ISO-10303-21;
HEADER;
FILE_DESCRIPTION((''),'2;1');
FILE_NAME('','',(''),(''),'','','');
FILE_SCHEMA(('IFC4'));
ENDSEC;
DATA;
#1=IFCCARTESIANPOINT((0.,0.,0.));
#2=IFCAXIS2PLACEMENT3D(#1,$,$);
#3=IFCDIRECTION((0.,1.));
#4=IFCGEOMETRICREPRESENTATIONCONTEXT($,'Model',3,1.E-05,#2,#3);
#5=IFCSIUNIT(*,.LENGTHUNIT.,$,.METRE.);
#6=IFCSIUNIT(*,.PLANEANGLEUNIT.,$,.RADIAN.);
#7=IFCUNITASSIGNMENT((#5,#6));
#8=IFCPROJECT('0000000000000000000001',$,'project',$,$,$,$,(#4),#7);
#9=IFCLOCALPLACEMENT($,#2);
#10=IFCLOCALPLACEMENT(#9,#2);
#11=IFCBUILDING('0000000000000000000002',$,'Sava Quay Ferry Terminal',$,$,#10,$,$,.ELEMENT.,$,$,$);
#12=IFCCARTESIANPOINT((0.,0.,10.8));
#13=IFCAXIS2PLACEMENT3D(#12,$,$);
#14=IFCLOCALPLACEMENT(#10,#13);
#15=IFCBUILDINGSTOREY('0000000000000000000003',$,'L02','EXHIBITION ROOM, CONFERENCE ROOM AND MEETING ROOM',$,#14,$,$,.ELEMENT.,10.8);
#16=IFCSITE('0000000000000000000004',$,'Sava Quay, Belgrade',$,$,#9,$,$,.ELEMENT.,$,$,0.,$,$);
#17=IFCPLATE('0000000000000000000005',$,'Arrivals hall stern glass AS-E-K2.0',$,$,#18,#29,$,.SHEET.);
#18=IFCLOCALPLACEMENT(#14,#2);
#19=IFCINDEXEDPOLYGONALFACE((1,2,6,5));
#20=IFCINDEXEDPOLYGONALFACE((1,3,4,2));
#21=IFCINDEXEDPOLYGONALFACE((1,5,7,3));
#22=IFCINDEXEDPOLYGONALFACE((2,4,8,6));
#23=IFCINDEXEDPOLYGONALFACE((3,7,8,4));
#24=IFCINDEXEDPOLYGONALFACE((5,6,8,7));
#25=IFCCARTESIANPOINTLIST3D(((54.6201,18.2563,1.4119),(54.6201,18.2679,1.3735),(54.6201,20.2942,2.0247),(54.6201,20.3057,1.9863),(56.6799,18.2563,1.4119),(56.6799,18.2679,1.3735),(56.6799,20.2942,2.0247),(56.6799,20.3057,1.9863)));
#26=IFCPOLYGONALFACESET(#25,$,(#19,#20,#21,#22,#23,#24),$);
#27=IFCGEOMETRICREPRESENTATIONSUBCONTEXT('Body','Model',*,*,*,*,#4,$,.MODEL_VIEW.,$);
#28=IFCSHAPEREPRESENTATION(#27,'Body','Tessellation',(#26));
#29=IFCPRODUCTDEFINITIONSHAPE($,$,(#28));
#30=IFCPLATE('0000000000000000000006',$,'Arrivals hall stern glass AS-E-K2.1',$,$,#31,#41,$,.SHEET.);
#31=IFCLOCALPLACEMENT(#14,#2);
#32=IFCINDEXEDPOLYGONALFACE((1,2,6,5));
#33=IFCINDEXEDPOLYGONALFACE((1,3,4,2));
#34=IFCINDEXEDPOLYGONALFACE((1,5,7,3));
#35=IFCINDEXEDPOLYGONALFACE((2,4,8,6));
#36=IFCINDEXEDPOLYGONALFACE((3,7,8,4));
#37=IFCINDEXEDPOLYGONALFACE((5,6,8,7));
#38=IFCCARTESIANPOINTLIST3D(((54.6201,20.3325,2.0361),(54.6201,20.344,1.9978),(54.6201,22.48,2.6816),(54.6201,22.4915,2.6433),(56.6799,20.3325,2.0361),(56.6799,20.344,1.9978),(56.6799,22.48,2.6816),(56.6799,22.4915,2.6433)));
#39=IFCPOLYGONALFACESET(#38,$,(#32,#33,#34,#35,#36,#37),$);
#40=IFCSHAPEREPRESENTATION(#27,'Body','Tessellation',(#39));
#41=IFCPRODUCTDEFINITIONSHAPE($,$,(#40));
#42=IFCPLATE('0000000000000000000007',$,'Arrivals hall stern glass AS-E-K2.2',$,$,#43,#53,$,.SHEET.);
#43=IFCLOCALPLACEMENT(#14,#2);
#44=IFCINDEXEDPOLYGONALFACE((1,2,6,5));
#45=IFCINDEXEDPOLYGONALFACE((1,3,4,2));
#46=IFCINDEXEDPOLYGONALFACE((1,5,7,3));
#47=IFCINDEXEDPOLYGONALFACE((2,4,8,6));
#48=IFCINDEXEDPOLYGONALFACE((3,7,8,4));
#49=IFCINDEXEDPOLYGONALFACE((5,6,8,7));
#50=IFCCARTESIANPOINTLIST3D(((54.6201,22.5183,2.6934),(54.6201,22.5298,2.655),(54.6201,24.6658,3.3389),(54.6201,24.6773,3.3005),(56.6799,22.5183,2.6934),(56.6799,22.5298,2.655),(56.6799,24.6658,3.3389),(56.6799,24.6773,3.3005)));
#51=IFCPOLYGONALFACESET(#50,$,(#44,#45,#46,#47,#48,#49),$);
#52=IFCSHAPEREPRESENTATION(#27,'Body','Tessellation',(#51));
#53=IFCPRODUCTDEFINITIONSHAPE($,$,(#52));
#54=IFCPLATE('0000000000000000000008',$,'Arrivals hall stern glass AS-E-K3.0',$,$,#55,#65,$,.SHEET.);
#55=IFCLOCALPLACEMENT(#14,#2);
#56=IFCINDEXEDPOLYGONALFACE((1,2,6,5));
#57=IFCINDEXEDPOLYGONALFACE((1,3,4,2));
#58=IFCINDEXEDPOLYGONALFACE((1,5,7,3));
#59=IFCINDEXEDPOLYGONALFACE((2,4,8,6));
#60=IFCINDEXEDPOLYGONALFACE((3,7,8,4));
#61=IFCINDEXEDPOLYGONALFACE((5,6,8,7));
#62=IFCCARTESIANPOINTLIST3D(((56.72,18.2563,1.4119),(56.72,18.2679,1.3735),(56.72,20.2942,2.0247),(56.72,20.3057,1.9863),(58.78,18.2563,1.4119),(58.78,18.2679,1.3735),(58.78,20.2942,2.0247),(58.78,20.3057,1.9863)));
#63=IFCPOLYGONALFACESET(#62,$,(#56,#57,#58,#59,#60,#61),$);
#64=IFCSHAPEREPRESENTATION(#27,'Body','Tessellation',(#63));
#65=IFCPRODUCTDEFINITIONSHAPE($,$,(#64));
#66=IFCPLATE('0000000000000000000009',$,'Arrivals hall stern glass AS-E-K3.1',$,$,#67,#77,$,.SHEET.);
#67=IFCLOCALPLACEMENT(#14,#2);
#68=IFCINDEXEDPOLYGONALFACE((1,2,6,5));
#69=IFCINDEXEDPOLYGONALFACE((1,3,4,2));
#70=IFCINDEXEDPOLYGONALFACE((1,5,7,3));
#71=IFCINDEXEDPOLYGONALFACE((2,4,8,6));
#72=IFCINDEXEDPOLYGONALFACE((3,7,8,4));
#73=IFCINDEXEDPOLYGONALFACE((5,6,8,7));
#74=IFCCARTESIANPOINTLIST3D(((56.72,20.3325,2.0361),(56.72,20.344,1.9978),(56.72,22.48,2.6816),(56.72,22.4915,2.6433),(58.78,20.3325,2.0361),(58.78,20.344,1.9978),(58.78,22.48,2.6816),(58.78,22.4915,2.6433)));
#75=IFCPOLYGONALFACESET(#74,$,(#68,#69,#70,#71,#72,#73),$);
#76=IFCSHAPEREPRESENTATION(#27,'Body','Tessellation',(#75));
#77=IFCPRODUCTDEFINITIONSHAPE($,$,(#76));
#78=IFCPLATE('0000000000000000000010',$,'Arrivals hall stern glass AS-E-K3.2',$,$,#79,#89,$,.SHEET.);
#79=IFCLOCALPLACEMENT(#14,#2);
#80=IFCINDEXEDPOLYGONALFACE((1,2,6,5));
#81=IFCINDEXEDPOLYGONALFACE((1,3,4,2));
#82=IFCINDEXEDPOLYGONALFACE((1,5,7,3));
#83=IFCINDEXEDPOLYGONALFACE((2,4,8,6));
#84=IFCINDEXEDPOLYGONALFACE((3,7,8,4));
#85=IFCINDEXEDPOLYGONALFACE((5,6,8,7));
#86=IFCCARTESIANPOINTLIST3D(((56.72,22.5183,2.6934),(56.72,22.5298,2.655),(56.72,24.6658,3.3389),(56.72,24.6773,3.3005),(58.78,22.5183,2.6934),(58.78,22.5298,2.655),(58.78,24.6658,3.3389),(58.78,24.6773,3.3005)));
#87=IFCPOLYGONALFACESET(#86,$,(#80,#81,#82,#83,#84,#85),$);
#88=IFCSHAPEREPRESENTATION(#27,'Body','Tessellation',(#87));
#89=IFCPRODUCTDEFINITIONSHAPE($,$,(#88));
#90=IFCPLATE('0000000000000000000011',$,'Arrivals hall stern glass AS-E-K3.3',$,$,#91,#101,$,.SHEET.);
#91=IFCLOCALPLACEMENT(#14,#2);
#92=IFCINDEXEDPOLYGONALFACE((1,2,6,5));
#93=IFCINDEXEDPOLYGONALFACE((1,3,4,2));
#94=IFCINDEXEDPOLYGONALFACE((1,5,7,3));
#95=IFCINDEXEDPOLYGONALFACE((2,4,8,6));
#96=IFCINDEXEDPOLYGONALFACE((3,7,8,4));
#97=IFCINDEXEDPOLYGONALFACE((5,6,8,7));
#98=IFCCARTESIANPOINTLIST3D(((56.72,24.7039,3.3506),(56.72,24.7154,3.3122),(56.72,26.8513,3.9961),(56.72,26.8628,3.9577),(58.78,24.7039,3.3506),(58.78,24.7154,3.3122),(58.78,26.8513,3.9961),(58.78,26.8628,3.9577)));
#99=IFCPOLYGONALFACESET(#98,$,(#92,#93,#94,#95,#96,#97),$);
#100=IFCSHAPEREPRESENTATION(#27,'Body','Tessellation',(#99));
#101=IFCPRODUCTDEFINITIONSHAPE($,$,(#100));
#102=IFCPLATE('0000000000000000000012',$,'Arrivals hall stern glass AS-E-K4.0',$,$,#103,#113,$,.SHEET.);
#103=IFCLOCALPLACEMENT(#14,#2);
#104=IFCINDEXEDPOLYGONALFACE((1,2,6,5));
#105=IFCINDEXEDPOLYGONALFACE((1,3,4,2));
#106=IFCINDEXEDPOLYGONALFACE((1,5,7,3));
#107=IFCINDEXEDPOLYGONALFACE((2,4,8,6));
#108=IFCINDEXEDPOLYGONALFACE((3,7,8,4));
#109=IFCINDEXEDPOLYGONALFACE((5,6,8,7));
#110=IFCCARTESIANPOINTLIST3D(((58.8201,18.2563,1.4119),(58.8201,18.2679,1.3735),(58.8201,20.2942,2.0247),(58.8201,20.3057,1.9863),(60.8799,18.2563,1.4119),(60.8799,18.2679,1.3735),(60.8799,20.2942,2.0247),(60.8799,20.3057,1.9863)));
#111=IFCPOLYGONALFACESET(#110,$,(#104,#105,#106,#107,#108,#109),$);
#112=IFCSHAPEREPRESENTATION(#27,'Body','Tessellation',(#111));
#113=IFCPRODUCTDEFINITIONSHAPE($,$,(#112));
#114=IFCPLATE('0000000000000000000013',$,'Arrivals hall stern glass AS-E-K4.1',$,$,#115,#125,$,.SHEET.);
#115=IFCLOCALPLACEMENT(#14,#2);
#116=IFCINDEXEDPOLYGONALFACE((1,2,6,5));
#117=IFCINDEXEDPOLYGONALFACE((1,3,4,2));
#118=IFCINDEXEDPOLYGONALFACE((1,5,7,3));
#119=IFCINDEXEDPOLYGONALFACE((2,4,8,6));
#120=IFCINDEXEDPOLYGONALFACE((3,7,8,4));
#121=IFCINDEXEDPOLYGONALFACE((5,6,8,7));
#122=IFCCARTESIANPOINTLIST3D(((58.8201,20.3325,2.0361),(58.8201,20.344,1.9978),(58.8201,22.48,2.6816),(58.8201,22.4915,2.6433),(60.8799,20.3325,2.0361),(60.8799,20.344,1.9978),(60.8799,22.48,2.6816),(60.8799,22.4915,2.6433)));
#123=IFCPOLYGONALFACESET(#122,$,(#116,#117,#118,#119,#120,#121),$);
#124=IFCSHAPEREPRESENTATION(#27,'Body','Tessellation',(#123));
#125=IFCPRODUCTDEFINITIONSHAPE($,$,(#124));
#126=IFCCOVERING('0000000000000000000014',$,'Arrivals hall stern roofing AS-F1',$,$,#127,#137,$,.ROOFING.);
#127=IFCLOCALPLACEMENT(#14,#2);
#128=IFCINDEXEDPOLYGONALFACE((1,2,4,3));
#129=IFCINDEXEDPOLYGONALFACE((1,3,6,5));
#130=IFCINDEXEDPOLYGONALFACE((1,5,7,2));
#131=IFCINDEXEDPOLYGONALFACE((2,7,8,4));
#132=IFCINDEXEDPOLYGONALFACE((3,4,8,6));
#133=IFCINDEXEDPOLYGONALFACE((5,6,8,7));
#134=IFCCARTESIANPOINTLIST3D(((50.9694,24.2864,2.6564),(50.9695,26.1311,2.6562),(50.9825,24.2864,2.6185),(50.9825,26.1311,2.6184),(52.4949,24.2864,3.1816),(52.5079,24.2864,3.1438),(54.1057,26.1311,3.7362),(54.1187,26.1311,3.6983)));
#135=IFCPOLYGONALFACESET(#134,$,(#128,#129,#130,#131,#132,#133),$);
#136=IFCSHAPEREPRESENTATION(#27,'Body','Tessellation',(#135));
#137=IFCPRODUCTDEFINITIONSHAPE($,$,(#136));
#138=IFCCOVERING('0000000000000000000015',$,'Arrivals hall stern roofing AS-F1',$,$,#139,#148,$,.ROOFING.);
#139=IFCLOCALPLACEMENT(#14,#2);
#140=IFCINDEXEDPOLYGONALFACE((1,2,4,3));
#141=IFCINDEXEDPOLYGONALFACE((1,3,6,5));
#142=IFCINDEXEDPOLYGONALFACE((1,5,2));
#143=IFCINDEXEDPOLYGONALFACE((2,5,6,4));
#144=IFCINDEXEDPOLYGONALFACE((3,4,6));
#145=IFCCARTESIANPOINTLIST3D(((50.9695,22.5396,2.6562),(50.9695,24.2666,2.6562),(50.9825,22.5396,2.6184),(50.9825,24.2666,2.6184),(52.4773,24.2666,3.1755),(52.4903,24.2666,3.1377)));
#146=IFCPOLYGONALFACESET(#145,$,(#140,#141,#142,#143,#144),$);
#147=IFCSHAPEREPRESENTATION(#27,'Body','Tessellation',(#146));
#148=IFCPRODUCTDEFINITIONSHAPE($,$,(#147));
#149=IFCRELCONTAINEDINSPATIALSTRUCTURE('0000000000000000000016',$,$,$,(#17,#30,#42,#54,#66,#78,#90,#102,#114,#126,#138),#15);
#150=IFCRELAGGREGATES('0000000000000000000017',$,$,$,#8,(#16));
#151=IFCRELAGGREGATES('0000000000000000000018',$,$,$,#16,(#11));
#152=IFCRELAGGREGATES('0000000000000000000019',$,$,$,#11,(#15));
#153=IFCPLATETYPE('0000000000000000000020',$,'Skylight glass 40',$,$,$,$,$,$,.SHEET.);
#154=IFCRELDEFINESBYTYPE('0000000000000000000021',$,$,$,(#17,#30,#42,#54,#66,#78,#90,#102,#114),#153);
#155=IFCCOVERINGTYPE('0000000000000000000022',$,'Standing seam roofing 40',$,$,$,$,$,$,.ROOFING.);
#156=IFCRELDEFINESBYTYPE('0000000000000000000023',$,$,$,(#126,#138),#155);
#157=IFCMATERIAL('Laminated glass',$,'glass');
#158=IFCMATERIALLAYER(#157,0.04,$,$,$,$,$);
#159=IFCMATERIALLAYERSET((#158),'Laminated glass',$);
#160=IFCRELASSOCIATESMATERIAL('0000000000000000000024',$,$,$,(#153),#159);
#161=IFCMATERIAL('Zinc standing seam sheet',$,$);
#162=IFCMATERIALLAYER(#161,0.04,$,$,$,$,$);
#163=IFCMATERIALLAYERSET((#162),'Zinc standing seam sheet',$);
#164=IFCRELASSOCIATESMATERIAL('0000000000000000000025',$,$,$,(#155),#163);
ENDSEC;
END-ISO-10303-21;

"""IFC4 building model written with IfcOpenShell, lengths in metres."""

from ifc_helpers import new_model, si_unit, direction, frame, origin, place, context, subcontext, project, spatial, polyline, outline, extrude, material, layer, layer_set, type_object, element, save


model = new_model("IFC4")

# Units and contexts
model_context = context("Model", 3, precision=1e-05, world=origin(), true_north=direction((0.0, 1.0)))
body_context = subcontext(model_context, "Body", "Model", "MODEL_VIEW")
ifc_project = project(units=[si_unit("LENGTHUNIT", "METRE"), si_unit("PLANEANGLEUNIT", "RADIAN")], contexts=[model_context])

# Site, building, storey
site_placement = place(None, origin())
site = spatial("IfcSite", under=ifc_project, at=site_placement, Name="Sava Quay, Belgrade", CompositionType="ELEMENT", RefElevation=0.0)
building_placement = place(site_placement, origin())
building = spatial("IfcBuilding", under=site, at=building_placement, Name="Sava Quay Ferry Terminal", CompositionType="ELEMENT")
storey_placement = place(building_placement, frame((0.0, 0.0, 10.8)))
storey = spatial("IfcBuildingStorey", under=building, at=storey_placement, Name="L02", Description="EXHIBITION ROOM, CONFERENCE ROOM AND MEETING ROOM", CompositionType="ELEMENT", Elevation=10.8)

# Plates
ifc_material_1 = material(Name="Laminated glass", Category="glass")
ifc_layer_1 = layer(ifc_material_1, 0.04)
ifc_layer_set_1 = layer_set([ifc_layer_1], Name="Laminated glass")
plate_type = type_object("IfcPlateType", Name="Skylight glass 40", PredefinedType="SHEET", material=ifc_layer_set_1)
plate_1_placement = place(storey_placement, frame((54.6201, 20.2942, 2.0247), z_axis=(0.0, -0.287969, 0.95764), x_axis=(1.0, 0.0, 0.0)))
element("IfcPlate", 1, at=plate_1_placement, inside=storey, type_object=plate_type, Name="Arrivals hall stern glass AS-E-K2.0", PredefinedType="SHEET", context=body_context, shape_type="SweptSolid", body=[
    extrude(outline(polyline([(0.0, 0.0), (2.0598, 0.0), (2.0598, -2.128), (0.0, -2.128), (0.0, 0.0)])), origin(), (0.0, 0.0, -1.0), 0.04),
])
for number, where, z_axis, x_axis, name in (
    (2, (54.6201, 20.3325, 2.0361), (0.0, -0.287867, 0.95767), (0.0, 0.95767, 0.287867), "Arrivals hall stern glass AS-E-K2.1"),
    (3, (54.6201, 22.5183, 2.6934), (0.0, -0.287867, 0.95767), (0.0, 0.95767, 0.287867), "Arrivals hall stern glass AS-E-K2.2"),
):
    element("IfcPlate", number, at=place(storey_placement, frame(where, z_axis=z_axis, x_axis=x_axis)), inside=storey, type_object=plate_type, Name=name, PredefinedType="SHEET", context=body_context, shape_type="SweptSolid", body=[
        extrude(outline(polyline([(0.0, 0.0), (2.2424, 0.0), (2.2424, -2.0598), (0.0, -2.0598), (0.0, 0.0)])), origin(), (0.0, 0.0, -1.0), 0.04),
    ])
plate_2_placement = place(storey_placement, frame((56.72, 20.2942, 2.0247), z_axis=(0.0, -0.287969, 0.95764), x_axis=(1.0, 0.0, 0.0)))
element("IfcPlate", 4, at=plate_2_placement, inside=storey, type_object=plate_type, Name="Arrivals hall stern glass AS-E-K3.0", PredefinedType="SHEET", context=body_context, shape_type="SweptSolid", body=[
    extrude(outline(polyline([(0.0, 0.0), (2.0601, 0.0), (2.0601, -2.128), (0.0, -2.128), (0.0, 0.0)])), origin(), (0.0, 0.0, -1.0), 0.04),
])
for number, where, z_axis, x_axis, name in (
    (5, (56.72, 20.3325, 2.0361), (0.0, -0.287867, 0.95767), (0.0, 0.95767, 0.287867), "Arrivals hall stern glass AS-E-K3.1"),
    (6, (56.72, 22.5183, 2.6934), (0.0, -0.287867, 0.95767), (0.0, 0.95767, 0.287867), "Arrivals hall stern glass AS-E-K3.2"),
    (7, (56.72, 24.7039, 3.3506), (0.0, -0.287867, 0.95767), (0.0, 0.95767, 0.287867), "Arrivals hall stern glass AS-E-K3.3"),
):
    element("IfcPlate", number, at=place(storey_placement, frame(where, z_axis=z_axis, x_axis=x_axis)), inside=storey, type_object=plate_type, Name=name, PredefinedType="SHEET", context=body_context, shape_type="SweptSolid", body=[
        extrude(outline(polyline([(0.0, 0.0), (2.2424, 0.0), (2.2424, -2.0601), (0.0, -2.0601), (0.0, 0.0)])), origin(), (0.0, 0.0, -1.0), 0.04),
    ])
plate_3_placement = place(storey_placement, frame((58.8201, 20.2942, 2.0247), z_axis=(0.0, -0.287969, 0.95764), x_axis=(1.0, 0.0, 0.0)))
element("IfcPlate", 8, at=plate_3_placement, inside=storey, type_object=plate_type, Name="Arrivals hall stern glass AS-E-K4.0", PredefinedType="SHEET", context=body_context, shape_type="SweptSolid", body=[
    extrude(outline(polyline([(0.0, 0.0), (2.0598, 0.0), (2.0598, -2.128), (0.0, -2.128), (0.0, 0.0)])), origin(), (0.0, 0.0, -1.0), 0.04),
])
plate_4_placement = place(storey_placement, frame((58.8201, 20.3325, 2.0361), z_axis=(0.0, -0.287867, 0.95767), x_axis=(0.0, 0.95767, 0.287867)))
element("IfcPlate", 9, at=plate_4_placement, inside=storey, type_object=plate_type, Name="Arrivals hall stern glass AS-E-K4.1", PredefinedType="SHEET", context=body_context, shape_type="SweptSolid", body=[
    extrude(outline(polyline([(0.0, 0.0), (2.2424, 0.0), (2.2424, -2.0598), (0.0, -2.0598), (0.0, 0.0)])), origin(), (0.0, 0.0, -1.0), 0.04),
])

# Coverings
ifc_material_2 = material(Name="Zinc standing seam sheet")
ifc_layer_2 = layer(ifc_material_2, 0.04)
ifc_layer_set_2 = layer_set([ifc_layer_2], Name="Zinc standing seam sheet")
covering_type = type_object("IfcCoveringType", Name="Standing seam roofing 40", PredefinedType="ROOFING", material=ifc_layer_set_2)
covering_1_placement = place(storey_placement, frame((52.4949, 24.2864, 3.1816), z_axis=(-0.325586, 0.000063, 0.945512), x_axis=(-0.945512, 0.0, -0.325586)))
element("IfcCovering", 10, at=covering_1_placement, inside=storey, type_object=covering_type, Name="Arrivals hall stern roofing AS-F1", PredefinedType="ROOFING", context=body_context, shape_type="SweptSolid", body=[
    extrude(outline(polyline([(0.0, 0.0), (1.6133, 0.0), (1.6133, -1.8447), (-1.7036, -1.8447), (0.0, 0.0)])), origin(), (0.0, 0.0, -1.0), 0.04),
])
covering_2_placement = place(storey_placement, frame((50.9695, 22.5396, 2.6562), z_axis=(-0.325627, 0.0, 0.945498), x_axis=(0.0, 1.0, 0.0)))
element("IfcCovering", 11, at=covering_2_placement, inside=storey, type_object=covering_type, Name="Arrivals hall stern roofing AS-F1", PredefinedType="ROOFING", context=body_context, shape_type="SweptSolid", body=[
    extrude(outline(polyline([(0.0, 0.0), (1.7271, 0.0), (1.7271, -1.5947), (0.0, 0.0)])), origin(), (0.0, 0.0, -1.0), 0.04),
])

save(model, "model.ifc")
